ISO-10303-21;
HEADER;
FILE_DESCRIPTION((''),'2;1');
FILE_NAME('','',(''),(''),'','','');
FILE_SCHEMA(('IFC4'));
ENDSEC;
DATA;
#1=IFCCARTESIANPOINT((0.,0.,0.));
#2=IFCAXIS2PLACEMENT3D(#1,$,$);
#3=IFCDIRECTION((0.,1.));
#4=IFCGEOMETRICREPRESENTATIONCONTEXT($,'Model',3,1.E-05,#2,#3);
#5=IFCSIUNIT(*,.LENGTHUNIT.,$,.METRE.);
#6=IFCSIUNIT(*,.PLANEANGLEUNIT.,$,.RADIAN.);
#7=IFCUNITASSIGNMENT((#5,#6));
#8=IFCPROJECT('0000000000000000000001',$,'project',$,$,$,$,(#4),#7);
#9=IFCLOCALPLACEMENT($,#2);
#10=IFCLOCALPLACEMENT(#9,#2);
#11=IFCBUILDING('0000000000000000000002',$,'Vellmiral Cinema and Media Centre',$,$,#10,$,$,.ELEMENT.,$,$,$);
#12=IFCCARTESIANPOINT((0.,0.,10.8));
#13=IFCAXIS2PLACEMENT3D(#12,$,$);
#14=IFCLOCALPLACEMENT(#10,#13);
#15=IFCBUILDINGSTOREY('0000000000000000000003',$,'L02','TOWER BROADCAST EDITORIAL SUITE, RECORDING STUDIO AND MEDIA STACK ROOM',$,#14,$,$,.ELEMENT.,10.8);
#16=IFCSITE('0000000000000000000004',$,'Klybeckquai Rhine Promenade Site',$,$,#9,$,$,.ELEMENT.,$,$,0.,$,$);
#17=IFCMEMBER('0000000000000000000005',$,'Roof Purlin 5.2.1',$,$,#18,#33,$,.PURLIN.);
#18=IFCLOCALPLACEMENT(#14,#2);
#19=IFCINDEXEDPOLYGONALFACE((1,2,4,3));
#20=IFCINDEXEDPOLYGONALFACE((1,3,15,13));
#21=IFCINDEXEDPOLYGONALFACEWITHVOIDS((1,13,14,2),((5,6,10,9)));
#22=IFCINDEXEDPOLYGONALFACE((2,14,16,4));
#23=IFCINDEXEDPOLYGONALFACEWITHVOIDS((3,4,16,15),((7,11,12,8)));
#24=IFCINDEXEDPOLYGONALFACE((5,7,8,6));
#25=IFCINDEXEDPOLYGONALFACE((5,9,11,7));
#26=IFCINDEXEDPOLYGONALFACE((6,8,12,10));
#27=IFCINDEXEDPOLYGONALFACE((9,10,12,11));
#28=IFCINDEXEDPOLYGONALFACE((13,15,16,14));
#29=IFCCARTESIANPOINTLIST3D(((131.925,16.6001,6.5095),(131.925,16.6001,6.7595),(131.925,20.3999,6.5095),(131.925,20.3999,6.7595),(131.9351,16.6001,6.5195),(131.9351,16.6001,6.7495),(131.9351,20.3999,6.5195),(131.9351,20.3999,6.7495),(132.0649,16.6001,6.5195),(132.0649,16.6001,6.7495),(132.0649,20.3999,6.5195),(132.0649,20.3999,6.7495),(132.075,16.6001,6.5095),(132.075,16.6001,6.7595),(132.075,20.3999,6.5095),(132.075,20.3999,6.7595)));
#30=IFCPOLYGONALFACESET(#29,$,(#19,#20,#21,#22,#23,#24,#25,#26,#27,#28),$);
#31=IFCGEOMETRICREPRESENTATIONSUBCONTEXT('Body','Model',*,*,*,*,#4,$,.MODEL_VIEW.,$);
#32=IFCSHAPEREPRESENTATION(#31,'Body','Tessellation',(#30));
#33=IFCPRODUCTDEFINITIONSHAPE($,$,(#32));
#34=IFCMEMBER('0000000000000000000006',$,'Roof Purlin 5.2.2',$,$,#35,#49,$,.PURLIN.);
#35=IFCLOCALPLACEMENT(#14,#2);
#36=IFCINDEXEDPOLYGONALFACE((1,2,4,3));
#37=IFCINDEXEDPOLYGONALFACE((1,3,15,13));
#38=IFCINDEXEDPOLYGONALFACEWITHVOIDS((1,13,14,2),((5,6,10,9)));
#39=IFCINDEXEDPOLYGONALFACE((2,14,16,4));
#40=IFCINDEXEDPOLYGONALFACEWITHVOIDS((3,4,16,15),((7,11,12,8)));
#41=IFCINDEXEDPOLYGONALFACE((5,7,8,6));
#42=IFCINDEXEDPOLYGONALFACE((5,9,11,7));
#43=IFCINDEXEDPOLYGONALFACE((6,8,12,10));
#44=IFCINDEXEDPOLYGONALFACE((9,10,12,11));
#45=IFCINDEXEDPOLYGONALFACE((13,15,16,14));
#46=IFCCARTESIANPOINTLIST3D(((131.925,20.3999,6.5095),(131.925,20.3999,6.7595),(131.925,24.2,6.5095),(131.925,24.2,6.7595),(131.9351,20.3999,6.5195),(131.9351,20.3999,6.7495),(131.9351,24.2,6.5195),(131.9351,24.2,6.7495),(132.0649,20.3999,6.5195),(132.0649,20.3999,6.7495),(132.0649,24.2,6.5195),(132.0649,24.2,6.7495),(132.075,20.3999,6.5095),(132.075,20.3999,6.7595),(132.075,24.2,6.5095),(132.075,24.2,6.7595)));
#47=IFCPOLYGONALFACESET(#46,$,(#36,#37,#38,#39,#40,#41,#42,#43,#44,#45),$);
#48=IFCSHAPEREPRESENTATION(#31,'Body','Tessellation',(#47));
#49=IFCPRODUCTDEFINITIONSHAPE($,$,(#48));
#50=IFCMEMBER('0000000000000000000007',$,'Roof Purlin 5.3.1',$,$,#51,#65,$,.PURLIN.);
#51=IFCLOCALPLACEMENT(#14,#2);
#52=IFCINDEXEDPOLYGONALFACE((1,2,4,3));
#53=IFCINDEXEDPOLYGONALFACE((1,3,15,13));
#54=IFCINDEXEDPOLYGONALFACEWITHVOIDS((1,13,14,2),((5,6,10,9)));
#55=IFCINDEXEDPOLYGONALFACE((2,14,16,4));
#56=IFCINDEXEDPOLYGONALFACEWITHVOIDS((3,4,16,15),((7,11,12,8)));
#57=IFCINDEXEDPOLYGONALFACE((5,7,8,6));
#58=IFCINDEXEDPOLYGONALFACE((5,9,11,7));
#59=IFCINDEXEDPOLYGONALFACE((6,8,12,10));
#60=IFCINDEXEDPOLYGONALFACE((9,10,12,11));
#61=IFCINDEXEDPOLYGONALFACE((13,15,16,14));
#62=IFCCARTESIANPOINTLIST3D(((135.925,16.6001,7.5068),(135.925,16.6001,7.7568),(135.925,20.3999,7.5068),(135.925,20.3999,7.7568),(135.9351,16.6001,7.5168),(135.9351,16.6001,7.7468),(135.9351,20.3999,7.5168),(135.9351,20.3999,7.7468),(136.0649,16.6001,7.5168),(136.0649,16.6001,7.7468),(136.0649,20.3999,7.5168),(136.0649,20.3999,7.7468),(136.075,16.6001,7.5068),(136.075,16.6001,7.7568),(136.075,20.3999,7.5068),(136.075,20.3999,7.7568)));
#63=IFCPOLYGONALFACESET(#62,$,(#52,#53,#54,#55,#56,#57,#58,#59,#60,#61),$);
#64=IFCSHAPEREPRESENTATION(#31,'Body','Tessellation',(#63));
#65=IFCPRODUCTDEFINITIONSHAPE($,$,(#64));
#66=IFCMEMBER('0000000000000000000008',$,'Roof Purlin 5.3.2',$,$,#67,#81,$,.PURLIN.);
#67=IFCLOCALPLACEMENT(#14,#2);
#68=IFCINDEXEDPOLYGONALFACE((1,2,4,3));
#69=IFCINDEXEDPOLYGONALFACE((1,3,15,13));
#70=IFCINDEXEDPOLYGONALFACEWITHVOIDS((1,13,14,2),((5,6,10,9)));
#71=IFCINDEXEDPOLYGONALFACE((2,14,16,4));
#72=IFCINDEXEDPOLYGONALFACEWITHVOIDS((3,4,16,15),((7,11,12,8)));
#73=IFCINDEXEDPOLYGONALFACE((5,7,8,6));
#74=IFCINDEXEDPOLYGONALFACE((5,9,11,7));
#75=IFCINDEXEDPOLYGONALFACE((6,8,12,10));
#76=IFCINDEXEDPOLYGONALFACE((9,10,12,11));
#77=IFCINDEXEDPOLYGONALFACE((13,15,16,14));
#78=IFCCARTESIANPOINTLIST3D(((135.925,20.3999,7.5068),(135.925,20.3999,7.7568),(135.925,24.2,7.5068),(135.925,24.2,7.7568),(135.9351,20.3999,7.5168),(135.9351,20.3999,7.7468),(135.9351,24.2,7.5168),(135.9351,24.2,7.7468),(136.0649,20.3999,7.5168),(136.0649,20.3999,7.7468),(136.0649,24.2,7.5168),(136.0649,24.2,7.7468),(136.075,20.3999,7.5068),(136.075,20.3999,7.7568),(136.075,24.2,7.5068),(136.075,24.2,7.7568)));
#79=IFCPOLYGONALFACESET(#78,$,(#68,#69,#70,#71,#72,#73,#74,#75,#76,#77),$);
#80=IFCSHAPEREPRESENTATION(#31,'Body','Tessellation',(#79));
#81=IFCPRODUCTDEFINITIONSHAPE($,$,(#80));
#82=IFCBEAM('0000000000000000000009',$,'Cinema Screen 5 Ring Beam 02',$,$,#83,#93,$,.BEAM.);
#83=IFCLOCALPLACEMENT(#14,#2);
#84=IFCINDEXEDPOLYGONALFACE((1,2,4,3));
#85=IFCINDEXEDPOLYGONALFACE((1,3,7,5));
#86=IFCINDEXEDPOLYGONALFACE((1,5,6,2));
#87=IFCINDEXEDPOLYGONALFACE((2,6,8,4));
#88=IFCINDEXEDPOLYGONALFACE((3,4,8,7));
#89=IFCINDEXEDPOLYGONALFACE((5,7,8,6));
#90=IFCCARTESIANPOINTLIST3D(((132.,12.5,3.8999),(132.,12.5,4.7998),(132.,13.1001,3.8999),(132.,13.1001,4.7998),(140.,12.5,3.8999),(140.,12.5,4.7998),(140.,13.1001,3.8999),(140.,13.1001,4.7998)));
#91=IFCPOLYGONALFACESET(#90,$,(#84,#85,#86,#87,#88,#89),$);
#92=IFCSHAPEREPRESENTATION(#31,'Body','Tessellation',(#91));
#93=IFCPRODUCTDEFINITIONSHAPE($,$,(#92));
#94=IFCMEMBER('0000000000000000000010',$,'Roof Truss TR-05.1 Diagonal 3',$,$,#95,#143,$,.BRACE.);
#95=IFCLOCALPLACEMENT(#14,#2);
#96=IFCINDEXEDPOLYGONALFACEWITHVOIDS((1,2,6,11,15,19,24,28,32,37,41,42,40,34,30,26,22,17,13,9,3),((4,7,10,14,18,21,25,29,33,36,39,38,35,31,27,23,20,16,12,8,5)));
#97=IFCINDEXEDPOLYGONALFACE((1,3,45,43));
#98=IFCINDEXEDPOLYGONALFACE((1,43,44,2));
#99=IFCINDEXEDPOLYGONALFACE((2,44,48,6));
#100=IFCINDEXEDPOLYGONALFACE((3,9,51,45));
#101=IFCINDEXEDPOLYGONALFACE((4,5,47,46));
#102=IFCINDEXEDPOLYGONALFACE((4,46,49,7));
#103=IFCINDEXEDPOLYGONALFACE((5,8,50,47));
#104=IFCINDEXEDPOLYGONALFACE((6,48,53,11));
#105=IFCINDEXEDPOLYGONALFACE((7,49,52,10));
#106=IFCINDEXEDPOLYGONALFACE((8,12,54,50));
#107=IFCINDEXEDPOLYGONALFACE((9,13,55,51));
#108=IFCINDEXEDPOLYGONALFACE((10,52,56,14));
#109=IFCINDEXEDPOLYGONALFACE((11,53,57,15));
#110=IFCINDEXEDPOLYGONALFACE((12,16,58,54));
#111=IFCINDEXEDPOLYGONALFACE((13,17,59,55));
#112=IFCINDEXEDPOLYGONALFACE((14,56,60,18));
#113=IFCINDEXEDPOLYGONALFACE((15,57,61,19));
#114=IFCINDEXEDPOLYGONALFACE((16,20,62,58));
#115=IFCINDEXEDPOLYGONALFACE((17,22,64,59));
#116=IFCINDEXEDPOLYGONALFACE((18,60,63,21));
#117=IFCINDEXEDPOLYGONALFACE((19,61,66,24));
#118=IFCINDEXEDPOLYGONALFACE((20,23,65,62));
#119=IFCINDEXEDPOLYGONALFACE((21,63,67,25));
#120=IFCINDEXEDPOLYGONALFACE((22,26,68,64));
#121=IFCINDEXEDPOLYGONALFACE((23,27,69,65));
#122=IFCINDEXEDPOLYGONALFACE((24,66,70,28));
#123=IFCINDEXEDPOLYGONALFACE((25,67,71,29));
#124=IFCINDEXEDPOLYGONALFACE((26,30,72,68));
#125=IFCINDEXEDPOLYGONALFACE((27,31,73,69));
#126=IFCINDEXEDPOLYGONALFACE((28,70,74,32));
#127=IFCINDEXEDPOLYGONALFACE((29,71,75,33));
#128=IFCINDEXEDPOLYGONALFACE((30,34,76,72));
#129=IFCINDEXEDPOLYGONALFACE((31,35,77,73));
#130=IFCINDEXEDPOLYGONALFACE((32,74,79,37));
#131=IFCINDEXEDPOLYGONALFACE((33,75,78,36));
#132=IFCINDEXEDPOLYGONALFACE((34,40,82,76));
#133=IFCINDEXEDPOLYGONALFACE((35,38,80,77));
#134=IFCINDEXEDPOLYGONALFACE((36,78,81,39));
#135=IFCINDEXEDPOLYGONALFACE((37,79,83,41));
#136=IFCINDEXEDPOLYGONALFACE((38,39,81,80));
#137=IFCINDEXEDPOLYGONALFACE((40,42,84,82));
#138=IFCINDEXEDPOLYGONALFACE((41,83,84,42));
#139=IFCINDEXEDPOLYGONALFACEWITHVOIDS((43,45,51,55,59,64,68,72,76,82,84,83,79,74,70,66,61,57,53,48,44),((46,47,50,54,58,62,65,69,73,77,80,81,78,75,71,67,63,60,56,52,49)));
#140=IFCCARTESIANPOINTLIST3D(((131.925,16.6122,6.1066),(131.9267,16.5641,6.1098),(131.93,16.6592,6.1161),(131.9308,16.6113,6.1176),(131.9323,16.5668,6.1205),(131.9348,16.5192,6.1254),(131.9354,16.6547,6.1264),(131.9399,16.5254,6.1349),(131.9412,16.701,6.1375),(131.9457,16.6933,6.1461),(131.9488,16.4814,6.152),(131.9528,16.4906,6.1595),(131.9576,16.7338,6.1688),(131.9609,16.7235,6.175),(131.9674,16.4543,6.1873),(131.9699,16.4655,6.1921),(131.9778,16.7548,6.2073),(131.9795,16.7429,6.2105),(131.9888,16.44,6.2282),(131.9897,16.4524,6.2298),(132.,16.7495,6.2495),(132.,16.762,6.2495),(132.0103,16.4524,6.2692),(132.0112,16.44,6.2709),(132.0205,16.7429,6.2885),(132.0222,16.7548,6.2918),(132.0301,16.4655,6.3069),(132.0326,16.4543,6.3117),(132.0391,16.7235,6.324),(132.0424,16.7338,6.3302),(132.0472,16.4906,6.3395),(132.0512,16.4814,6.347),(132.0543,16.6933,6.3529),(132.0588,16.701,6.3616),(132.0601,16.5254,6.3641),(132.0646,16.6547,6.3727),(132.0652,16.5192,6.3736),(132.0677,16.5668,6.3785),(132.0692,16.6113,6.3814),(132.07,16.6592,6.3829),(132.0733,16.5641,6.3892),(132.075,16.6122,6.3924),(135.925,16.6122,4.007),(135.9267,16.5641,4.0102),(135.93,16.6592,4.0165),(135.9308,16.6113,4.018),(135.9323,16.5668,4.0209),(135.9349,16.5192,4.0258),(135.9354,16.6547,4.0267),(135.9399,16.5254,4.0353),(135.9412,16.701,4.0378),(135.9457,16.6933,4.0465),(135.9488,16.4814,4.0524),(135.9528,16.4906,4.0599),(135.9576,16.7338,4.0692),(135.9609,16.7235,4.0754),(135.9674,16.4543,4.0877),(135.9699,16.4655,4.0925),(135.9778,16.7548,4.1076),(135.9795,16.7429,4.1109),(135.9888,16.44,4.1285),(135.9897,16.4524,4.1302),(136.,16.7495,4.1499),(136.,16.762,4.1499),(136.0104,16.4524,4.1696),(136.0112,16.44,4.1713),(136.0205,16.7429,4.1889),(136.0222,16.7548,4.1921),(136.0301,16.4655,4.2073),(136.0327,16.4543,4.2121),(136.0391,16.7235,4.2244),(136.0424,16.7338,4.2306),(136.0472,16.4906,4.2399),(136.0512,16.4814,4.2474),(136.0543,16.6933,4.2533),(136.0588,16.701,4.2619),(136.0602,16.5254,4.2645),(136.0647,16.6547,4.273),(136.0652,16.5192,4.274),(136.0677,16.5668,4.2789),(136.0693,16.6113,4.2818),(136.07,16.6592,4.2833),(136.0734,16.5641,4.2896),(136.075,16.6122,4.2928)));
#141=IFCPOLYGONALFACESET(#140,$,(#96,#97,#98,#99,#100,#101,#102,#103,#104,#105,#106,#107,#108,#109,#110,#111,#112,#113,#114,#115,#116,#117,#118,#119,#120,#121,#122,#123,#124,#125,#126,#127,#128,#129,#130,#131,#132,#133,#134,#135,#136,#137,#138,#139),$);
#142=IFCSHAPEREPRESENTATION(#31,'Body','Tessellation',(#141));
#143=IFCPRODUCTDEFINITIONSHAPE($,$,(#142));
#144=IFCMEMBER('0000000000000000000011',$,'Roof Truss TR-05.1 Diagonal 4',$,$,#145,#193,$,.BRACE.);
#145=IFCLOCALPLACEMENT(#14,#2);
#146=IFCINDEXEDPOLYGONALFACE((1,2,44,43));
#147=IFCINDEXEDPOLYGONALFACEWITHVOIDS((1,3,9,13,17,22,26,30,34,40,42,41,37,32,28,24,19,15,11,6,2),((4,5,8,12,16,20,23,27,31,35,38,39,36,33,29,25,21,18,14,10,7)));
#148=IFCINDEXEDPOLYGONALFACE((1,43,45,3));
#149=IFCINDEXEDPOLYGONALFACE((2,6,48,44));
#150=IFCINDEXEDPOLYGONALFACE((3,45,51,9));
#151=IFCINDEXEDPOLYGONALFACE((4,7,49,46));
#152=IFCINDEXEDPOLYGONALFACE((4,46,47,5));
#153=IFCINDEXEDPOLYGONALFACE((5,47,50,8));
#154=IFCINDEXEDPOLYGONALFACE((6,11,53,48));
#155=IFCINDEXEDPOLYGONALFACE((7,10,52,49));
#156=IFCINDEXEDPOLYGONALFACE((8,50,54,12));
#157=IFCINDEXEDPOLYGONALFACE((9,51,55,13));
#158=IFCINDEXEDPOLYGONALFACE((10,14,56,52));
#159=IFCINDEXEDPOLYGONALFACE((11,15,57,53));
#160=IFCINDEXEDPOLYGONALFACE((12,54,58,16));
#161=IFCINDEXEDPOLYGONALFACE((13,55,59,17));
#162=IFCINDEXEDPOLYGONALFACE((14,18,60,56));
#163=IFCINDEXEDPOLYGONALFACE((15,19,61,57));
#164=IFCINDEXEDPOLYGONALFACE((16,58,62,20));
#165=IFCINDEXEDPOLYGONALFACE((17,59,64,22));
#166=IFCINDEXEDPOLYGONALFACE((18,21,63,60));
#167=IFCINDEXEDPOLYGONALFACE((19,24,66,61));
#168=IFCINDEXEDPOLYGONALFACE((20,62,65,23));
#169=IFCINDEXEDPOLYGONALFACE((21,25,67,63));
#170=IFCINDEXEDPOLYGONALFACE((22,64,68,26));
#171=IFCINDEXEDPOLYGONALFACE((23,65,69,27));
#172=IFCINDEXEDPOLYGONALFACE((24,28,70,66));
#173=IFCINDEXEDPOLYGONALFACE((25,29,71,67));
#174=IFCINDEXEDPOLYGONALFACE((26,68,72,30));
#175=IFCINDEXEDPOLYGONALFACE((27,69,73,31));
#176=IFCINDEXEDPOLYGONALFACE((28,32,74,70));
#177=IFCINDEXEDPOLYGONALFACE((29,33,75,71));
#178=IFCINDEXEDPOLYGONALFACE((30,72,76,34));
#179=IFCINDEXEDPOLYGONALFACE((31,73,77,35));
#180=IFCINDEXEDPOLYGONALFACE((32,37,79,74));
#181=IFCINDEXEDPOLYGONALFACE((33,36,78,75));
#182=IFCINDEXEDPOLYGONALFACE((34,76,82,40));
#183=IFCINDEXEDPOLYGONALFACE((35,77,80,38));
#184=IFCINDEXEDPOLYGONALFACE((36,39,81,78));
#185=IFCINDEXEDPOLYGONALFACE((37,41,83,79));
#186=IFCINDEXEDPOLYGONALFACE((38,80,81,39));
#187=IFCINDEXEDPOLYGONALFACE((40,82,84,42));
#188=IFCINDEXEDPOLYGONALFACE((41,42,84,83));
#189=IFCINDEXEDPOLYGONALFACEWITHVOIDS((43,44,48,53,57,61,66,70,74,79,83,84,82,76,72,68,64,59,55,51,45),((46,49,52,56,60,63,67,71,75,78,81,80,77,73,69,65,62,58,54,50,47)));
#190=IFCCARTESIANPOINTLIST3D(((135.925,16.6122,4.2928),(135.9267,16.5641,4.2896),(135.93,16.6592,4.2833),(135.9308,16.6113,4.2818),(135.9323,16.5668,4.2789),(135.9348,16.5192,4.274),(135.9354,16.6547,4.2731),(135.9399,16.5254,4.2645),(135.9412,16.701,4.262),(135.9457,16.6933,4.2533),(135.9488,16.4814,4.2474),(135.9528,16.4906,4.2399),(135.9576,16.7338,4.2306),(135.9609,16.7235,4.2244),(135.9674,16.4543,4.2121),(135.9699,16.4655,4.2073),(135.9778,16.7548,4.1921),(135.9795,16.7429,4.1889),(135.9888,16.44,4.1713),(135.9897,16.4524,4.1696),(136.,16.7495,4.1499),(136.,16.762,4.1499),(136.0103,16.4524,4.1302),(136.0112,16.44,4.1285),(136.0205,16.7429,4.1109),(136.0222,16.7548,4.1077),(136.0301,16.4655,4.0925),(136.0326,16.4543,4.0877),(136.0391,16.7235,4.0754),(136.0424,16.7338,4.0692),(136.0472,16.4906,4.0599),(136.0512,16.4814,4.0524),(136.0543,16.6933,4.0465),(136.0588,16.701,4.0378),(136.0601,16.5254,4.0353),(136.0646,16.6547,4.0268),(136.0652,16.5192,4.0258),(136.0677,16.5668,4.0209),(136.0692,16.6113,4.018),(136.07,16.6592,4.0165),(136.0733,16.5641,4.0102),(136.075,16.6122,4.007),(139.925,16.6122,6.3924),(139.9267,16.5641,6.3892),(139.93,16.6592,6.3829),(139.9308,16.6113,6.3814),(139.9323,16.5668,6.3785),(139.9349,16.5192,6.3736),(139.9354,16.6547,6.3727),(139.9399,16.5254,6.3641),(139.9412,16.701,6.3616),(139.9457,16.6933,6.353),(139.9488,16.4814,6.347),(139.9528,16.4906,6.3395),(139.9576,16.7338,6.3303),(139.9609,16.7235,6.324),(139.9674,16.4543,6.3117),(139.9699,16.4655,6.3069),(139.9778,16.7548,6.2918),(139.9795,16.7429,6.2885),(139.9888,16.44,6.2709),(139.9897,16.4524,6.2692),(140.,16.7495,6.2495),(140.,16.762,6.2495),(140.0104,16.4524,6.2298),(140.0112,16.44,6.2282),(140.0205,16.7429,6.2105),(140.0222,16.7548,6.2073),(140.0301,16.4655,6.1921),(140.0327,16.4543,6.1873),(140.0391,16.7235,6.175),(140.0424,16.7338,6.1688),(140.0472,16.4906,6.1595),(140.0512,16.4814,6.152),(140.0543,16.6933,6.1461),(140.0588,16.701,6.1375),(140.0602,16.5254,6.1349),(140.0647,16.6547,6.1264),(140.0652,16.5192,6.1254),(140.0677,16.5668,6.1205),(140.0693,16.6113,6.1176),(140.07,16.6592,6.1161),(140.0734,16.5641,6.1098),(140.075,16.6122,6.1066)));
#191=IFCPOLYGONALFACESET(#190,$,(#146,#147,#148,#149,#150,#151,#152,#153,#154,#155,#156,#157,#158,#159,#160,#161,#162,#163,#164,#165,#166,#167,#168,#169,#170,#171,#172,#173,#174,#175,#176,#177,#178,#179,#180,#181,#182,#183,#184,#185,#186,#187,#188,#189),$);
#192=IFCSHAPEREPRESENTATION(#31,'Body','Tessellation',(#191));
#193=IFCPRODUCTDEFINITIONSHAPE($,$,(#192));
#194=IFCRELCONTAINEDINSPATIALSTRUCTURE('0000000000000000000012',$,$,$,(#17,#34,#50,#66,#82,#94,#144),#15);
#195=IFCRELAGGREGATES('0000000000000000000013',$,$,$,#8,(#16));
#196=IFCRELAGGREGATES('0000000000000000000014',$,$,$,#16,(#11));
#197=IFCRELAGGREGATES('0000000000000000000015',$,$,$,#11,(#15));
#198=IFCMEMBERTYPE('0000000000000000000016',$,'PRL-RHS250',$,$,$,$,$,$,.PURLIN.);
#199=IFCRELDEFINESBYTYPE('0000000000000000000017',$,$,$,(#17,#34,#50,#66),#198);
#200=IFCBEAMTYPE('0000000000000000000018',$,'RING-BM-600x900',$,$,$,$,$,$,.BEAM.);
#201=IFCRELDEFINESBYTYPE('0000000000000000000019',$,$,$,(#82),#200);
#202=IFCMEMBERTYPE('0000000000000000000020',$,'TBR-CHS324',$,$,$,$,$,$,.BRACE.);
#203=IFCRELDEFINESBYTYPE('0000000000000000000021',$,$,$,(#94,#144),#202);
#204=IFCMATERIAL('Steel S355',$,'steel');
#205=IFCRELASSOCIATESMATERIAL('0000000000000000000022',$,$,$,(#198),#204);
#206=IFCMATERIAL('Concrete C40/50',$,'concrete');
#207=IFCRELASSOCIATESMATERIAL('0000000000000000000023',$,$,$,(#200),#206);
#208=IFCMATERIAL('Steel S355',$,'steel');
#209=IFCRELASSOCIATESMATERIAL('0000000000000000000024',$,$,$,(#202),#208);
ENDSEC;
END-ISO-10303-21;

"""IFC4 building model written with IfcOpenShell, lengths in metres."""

from ifc_helpers import new_model, si_unit, direction, frame, origin, origin_2d, place, context, subcontext, project, spatial, rectangle, hollow_rectangle, hollow_circle, extrude, material, material_profile, profile_set, type_object, element, save


model = new_model("IFC4")

# Units and contexts
model_context = context("Model", 3, precision=1e-05, world=origin(), true_north=direction((0.0, 1.0)))
body_context = subcontext(model_context, "Body", "Model", "MODEL_VIEW")
ifc_project = project(units=[si_unit("LENGTHUNIT", "METRE"), si_unit("PLANEANGLEUNIT", "RADIAN")], contexts=[model_context])

# Site, building, storey
site_placement = place(None, origin())
site = spatial("IfcSite", under=ifc_project, at=site_placement, Name="Klybeckquai Rhine Promenade Site", CompositionType="ELEMENT", RefElevation=0.0)
building_placement = place(site_placement, origin())
building = spatial("IfcBuilding", under=site, at=building_placement, Name="Vellmiral Cinema and Media Centre", CompositionType="ELEMENT")
storey_placement = place(building_placement, frame((0.0, 0.0, 10.8)))
storey = spatial("IfcBuildingStorey", under=building, at=storey_placement, Name="L02", Description="TOWER BROADCAST EDITORIAL SUITE, RECORDING STUDIO AND MEDIA STACK ROOM", CompositionType="ELEMENT", Elevation=10.8)

# Members
ifc_material_1 = material(Name="Steel S355", Category="steel")
ifc_material_profile_1 = material_profile(ifc_material_1, hollow_rectangle(XDim=0.1499, YDim=0.25, WallThickness=0.01, at=origin_2d()), Name="RHS 250x150x10.0")
ifc_profile_set_1 = profile_set([ifc_material_profile_1], Name="Steel S355")
member_type_1 = type_object("IfcMemberType", Name="PRL-RHS250", PredefinedType="PURLIN", material=ifc_profile_set_1)
member_1_placement = place(storey_placement, frame((132.0, 16.6001, 6.6345), z_axis=(0.0, 1.0, 0.0), x_axis=(-1.0, 0.0, 0.0)))
element("IfcMember", 1, at=member_1_placement, inside=storey, type_object=member_type_1, Name="Roof Purlin 5.2.1", PredefinedType="PURLIN", context=body_context, shape_type="SweptSolid", body=[
    extrude(hollow_rectangle(XDim=0.1499, YDim=0.25, WallThickness=0.01, at=origin_2d()), origin(), (0.0, 0.0, 1.0), 3.7998),
])
member_2_placement = place(storey_placement, frame((132.0, 20.3999, 6.6345), z_axis=(0.0, 1.0, 0.0), x_axis=(-1.0, 0.0, 0.0)))
element("IfcMember", 2, at=member_2_placement, inside=storey, type_object=member_type_1, Name="Roof Purlin 5.2.2", PredefinedType="PURLIN", context=body_context, shape_type="SweptSolid", body=[
    extrude(hollow_rectangle(XDim=0.1499, YDim=0.25, WallThickness=0.01, at=origin_2d()), origin(), (0.0, 0.0, 1.0), 3.8),
])
member_3_placement = place(storey_placement, frame((136.0, 16.6001, 7.6318), z_axis=(0.0, 1.0, 0.0), x_axis=(-1.0, 0.0, 0.0)))
element("IfcMember", 3, at=member_3_placement, inside=storey, type_object=member_type_1, Name="Roof Purlin 5.3.1", PredefinedType="PURLIN", context=body_context, shape_type="SweptSolid", body=[
    extrude(hollow_rectangle(XDim=0.1499, YDim=0.25, WallThickness=0.01, at=origin_2d()), origin(), (0.0, 0.0, 1.0), 3.7998),
])
member_4_placement = place(storey_placement, frame((136.0, 20.3999, 7.6318), z_axis=(0.0, 1.0, 0.0), x_axis=(-1.0, 0.0, 0.0)))
element("IfcMember", 4, at=member_4_placement, inside=storey, type_object=member_type_1, Name="Roof Purlin 5.3.2", PredefinedType="PURLIN", context=body_context, shape_type="SweptSolid", body=[
    extrude(hollow_rectangle(XDim=0.1499, YDim=0.25, WallThickness=0.01, at=origin_2d()), origin(), (0.0, 0.0, 1.0), 3.8),
])

# Beam
ifc_material_2 = material(Name="Concrete C40/50", Category="concrete")
ifc_material_profile_2 = material_profile(ifc_material_2, rectangle(XDim=0.6001, YDim=0.8999, at=origin_2d()), Name="RC 600x900")
ifc_profile_set_2 = profile_set([ifc_material_profile_2], Name="Concrete C40/50")
beam_type = type_object("IfcBeamType", Name="RING-BM-600x900", PredefinedType="BEAM", material=ifc_profile_set_2)
beam_placement = place(storey_placement, frame((132.0, 12.8, 4.3499), z_axis=(1.0, 0.0, 0.0), x_axis=(0.0, 1.0, 0.0)))
element("IfcBeam", 5, at=beam_placement, inside=storey, type_object=beam_type, Name="Cinema Screen 5 Ring Beam 02", PredefinedType="BEAM", context=body_context, shape_type="SweptSolid", body=[
    extrude(rectangle(XDim=0.6001, YDim=0.8999, at=origin_2d()), origin(), (0.0, 0.0, 1.0), 8.0),
])

# Members
ifc_material_3 = material(Name="Steel S355", Category="steel")
ifc_material_profile_3 = material_profile(ifc_material_3, hollow_circle(Radius=0.1619, WallThickness=0.0125, at=origin_2d()), Name="CHS 323.9x12.5")
ifc_profile_set_3 = profile_set([ifc_material_profile_3], Name="Steel S355")
member_type_2 = type_object("IfcMemberType", Name="TBR-CHS324", PredefinedType="BRACE", material=ifc_profile_set_3)
for number, where, z_axis, x_axis, name in (
    (6, (132.0, 16.6001, 6.2495), (0.885433, 0.0, -0.464766), (0.0, 1.0, 0.0), "Roof Truss TR-05.1 Diagonal 3"),
    (7, (136.0, 16.6001, 4.1499), (0.885433, 0.0, 0.464766), (0.0, 1.0, 0.0), "Roof Truss TR-05.1 Diagonal 4"),
):
    element("IfcMember", number, at=place(storey_placement, frame(where, z_axis=z_axis, x_axis=x_axis)), inside=storey, type_object=member_type_2, Name=name, PredefinedType="BRACE", context=body_context, shape_type="SweptSolid", body=[
        extrude(hollow_circle(Radius=0.1619, WallThickness=0.0125, at=origin_2d()), origin(), (0.0, 0.0, 1.0), 4.5176),
    ])

save(model, "model.ifc")
